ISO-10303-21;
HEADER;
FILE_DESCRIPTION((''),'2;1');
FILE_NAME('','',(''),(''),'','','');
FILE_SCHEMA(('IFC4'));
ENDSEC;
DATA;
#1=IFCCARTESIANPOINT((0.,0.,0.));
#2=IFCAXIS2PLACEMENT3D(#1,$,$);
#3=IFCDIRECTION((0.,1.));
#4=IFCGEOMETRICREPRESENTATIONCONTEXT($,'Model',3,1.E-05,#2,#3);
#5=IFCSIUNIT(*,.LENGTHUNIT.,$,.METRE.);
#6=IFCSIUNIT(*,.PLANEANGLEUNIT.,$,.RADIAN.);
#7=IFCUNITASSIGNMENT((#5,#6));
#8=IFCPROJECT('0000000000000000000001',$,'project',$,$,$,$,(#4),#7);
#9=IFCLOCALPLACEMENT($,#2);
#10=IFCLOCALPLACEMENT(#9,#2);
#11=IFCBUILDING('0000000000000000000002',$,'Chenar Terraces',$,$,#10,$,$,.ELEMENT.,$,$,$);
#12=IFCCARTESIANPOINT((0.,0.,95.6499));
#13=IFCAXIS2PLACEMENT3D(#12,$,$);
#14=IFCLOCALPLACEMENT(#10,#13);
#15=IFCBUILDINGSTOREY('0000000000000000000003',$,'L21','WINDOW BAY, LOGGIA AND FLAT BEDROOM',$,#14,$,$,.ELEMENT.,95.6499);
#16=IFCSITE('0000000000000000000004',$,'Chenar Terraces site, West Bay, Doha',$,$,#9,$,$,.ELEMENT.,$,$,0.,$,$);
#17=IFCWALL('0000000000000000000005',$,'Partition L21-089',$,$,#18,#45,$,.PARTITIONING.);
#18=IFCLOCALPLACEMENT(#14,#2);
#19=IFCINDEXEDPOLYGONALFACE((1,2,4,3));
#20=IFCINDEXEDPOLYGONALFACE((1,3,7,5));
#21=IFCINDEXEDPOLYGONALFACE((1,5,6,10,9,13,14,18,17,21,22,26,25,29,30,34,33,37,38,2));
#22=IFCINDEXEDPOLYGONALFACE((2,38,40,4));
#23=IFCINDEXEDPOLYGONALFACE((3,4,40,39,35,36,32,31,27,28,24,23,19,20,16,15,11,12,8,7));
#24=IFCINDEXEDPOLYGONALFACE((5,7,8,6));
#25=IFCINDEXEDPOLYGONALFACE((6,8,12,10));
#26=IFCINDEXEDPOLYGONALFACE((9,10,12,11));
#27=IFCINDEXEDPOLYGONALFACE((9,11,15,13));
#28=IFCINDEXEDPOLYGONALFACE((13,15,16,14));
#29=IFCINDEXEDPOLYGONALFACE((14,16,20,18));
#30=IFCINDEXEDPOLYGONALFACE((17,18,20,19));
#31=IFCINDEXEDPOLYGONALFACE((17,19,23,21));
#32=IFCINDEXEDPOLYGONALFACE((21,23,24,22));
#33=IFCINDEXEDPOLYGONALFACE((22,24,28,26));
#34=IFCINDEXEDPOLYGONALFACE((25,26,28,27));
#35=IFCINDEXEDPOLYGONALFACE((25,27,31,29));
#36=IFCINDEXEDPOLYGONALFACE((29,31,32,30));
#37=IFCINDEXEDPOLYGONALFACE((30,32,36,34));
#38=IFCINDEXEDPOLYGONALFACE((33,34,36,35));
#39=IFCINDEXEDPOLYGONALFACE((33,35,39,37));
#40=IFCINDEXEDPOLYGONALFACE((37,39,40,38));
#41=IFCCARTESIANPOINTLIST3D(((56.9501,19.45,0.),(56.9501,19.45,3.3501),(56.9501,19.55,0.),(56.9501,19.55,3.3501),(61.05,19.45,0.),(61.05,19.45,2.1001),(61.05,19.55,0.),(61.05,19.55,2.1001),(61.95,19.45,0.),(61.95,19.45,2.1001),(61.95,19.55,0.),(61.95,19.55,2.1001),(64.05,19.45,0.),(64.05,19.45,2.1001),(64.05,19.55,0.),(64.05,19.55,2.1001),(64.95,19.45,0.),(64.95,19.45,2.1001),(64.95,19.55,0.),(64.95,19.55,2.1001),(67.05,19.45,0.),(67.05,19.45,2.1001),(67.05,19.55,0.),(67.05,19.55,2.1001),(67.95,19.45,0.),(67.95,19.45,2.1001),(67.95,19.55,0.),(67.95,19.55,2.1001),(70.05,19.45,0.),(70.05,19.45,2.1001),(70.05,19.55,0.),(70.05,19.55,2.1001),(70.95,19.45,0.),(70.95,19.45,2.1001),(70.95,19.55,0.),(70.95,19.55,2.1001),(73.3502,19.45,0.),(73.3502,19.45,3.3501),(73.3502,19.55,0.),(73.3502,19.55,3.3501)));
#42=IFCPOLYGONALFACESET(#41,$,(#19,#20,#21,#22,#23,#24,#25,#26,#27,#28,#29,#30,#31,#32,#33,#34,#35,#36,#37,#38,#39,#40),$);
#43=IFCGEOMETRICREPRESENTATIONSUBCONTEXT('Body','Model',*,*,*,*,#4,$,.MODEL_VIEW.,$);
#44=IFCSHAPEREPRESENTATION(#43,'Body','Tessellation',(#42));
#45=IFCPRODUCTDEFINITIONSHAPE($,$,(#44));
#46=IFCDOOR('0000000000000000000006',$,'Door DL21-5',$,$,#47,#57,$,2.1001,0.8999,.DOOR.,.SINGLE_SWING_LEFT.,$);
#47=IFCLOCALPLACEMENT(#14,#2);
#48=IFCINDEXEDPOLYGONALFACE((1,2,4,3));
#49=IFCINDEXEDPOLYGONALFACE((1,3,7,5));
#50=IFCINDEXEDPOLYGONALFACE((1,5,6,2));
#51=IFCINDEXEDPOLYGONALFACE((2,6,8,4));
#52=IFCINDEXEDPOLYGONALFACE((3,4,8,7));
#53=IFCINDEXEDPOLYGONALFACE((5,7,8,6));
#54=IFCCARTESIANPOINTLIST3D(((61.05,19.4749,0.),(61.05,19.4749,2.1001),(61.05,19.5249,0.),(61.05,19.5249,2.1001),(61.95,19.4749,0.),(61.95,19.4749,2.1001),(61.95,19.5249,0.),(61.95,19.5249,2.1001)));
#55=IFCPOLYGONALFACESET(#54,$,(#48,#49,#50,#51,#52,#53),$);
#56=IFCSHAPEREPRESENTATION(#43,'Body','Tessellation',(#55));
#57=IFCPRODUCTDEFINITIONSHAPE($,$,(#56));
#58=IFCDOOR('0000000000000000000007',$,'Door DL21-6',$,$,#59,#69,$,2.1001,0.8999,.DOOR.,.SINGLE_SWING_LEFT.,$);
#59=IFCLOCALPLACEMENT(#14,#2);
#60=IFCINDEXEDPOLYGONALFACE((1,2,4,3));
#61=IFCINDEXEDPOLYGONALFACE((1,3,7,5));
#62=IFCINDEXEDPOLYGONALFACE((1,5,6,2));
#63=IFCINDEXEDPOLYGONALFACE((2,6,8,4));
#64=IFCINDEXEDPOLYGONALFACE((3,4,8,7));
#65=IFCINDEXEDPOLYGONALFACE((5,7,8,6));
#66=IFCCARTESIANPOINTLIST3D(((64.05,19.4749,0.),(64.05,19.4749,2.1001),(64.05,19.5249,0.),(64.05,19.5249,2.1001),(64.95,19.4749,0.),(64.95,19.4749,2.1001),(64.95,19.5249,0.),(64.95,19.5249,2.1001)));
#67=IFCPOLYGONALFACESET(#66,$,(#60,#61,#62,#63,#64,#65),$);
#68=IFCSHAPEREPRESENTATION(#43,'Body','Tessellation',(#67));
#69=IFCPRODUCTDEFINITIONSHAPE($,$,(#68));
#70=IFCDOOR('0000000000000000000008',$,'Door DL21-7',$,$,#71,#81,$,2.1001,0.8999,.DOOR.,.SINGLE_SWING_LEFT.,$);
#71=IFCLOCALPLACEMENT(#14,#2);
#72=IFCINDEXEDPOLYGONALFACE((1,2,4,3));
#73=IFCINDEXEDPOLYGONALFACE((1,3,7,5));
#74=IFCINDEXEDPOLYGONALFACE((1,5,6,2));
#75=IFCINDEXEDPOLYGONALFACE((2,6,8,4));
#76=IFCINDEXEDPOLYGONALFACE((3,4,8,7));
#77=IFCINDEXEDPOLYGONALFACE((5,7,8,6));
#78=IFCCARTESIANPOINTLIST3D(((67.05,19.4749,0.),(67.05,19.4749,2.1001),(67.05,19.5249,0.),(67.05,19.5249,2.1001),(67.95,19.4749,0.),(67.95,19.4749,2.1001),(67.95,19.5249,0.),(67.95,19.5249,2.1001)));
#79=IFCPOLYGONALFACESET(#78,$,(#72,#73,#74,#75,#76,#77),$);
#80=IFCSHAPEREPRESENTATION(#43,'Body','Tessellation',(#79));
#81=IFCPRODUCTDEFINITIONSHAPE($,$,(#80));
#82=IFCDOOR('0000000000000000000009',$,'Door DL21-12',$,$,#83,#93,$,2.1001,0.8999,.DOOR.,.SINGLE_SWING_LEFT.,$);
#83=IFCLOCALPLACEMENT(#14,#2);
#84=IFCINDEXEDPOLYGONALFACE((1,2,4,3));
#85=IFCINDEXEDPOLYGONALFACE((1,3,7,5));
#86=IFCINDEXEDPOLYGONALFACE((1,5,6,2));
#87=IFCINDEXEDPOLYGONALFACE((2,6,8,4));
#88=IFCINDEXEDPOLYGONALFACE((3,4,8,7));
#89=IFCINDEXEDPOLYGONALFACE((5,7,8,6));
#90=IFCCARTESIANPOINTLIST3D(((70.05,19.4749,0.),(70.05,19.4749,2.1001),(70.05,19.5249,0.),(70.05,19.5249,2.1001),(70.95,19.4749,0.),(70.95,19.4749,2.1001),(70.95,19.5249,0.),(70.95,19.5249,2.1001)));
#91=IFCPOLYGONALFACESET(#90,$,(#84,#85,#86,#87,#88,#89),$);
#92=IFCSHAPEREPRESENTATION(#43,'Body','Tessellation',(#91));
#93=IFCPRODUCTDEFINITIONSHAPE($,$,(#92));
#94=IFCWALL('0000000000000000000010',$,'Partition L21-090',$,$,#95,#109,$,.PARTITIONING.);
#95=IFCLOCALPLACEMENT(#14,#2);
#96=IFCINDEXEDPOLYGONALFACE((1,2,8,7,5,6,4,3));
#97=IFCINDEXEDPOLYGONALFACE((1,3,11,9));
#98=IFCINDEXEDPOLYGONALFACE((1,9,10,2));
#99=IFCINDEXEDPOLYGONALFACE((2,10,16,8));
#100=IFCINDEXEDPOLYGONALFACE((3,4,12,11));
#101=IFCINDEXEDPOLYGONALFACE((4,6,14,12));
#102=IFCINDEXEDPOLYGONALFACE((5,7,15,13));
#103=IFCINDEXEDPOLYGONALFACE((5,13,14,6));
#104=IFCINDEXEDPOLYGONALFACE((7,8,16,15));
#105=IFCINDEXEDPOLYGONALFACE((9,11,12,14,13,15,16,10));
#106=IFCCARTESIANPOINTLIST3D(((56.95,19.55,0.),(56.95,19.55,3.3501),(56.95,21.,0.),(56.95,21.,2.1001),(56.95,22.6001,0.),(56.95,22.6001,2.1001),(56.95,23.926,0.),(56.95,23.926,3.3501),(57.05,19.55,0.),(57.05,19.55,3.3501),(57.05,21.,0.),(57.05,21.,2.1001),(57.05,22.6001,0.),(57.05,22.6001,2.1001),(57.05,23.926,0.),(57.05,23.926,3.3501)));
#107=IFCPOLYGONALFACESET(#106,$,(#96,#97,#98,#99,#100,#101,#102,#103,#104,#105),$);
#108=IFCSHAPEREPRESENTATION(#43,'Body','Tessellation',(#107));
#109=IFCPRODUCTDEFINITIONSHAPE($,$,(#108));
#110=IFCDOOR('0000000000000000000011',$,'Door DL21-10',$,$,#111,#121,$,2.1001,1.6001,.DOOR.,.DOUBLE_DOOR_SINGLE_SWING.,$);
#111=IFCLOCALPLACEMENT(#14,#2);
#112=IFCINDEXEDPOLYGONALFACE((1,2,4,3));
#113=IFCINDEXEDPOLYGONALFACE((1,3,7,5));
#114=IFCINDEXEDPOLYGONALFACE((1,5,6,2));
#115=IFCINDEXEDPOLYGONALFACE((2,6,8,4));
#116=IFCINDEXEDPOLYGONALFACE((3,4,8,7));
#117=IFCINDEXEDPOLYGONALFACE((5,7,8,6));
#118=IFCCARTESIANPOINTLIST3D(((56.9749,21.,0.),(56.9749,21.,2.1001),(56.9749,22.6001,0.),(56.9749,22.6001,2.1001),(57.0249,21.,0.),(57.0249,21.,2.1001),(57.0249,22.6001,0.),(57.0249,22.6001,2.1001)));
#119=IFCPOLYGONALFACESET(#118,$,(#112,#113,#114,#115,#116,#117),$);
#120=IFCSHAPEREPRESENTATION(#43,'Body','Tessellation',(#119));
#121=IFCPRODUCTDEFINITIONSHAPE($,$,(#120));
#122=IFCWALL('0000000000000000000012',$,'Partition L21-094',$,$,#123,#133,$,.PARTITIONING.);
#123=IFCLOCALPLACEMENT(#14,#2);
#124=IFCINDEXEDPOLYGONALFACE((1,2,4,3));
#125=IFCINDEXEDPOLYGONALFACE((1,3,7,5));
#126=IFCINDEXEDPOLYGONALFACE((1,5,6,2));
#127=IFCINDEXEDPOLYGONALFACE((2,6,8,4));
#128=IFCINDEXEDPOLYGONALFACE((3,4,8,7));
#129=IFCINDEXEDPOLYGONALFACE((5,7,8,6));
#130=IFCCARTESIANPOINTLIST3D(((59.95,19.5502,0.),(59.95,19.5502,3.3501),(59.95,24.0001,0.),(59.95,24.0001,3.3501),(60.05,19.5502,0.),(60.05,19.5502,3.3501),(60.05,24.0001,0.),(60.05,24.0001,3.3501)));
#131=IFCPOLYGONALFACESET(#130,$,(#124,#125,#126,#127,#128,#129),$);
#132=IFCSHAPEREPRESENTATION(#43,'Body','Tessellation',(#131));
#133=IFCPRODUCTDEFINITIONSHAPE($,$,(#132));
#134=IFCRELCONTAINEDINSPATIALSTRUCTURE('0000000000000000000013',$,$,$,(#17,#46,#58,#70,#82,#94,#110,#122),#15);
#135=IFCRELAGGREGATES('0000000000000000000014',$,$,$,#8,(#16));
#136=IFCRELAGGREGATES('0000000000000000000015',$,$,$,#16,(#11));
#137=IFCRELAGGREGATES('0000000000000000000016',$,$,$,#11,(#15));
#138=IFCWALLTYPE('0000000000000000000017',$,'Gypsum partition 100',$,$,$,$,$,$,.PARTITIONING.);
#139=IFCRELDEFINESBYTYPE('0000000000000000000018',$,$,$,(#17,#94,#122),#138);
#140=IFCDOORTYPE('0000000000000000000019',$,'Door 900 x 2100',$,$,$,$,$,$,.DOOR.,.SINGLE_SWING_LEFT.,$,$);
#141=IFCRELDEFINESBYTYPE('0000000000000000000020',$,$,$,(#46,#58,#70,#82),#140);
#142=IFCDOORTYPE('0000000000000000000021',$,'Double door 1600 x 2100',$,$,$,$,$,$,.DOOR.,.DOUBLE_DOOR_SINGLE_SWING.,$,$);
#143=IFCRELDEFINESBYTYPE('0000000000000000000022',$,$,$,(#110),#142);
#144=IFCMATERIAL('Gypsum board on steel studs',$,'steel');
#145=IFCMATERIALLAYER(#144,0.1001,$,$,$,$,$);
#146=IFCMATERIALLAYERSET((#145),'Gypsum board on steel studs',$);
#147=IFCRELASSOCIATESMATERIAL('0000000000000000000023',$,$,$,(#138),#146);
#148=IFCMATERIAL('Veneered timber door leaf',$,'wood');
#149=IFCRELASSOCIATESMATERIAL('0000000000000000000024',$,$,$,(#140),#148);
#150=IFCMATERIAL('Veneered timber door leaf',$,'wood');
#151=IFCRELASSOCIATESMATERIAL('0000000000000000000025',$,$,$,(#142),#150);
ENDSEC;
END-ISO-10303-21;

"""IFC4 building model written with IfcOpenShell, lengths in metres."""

from ifc_helpers import new_model, si_unit, direction, frame, frame_2d, origin, place, context, subcontext, project, spatial, rectangle, extrude, material, layer, layer_set, type_object, element, fill, save


model = new_model("IFC4")

# Units and contexts
model_context = context("Model", 3, precision=1e-05, world=origin(), true_north=direction((0.0, 1.0)))
body_context = subcontext(model_context, "Body", "Model", "MODEL_VIEW")
ifc_project = project(units=[si_unit("LENGTHUNIT", "METRE"), si_unit("PLANEANGLEUNIT", "RADIAN")], contexts=[model_context])

# Site, building, storey
site_placement = place(None, origin())
site = spatial("IfcSite", under=ifc_project, at=site_placement, Name="Chenar Terraces site, West Bay, Doha", CompositionType="ELEMENT", RefElevation=0.0)
building_placement = place(site_placement, origin())
building = spatial("IfcBuilding", under=site, at=building_placement, Name="Chenar Terraces", CompositionType="ELEMENT")
storey_placement = place(building_placement, frame((0.0, 0.0, 95.6499)))
storey = spatial("IfcBuildingStorey", under=building, at=storey_placement, Name="L21", Description="WINDOW BAY, LOGGIA AND FLAT BEDROOM", CompositionType="ELEMENT", Elevation=95.6499)

# Shared definitions
ifc_material_1 = material(Name="Gypsum board on steel studs", Category="steel")
ifc_layer_1 = layer(ifc_material_1, 0.1001)
ifc_layer_set_1 = layer_set([ifc_layer_1], Name="Gypsum board on steel studs")
wall_type_1 = type_object("IfcWallType", Name="Gypsum partition 100", PredefinedType="PARTITIONING", material=ifc_layer_set_1)
ifc_material_2 = material(Name="Veneered timber door leaf", Category="wood")
door_type_1 = type_object("IfcDoorType", Name="Door 900 x 2100", OperationType="SINGLE_SWING_LEFT", PredefinedType="DOOR", material=ifc_material_2)

# Wall, openings, doors
wall_1_placement = place(storey_placement, frame((56.95, 19.5, 0.0), z_axis=(0.0, 0.0, 1.0), x_axis=(1.0, 0.0, 0.0)))
wall_1 = element("IfcWall", 1, at=wall_1_placement, inside=storey, type_object=wall_type_1, Name="Partition L21-089", PredefinedType="PARTITIONING", context=body_context, shape_type="SweptSolid", body=[
    extrude(rectangle(XDim=16.4001, YDim=0.1001, at=frame_2d((8.2002, 0.0))), origin(), (0.0, 0.0, 1.0), 3.3501),
])
opening_1_placement = place(wall_1_placement, frame((4.1001, 0.0, 0.0)))
opening_1 = element("IfcOpeningElement", 2, at=opening_1_placement, cuts=wall_1, PredefinedType="OPENING", context=body_context, shape_type="SweptSolid", body=[
    extrude(rectangle(XDim=0.8999, YDim=2.1001, at=frame_2d((0.45, 1.05))), frame((0.0, 0.0601, 0.0), z_axis=(0.0, -1.0, 0.0), x_axis=(1.0, 0.0, 0.0)), (0.0, 0.0, 1.0), 0.1201),
])
opening_2_placement = place(wall_1_placement, frame((7.1001, 0.0, 0.0)))
opening_2 = element("IfcOpeningElement", 3, at=opening_2_placement, cuts=wall_1, PredefinedType="OPENING", context=body_context, shape_type="SweptSolid", body=[
    extrude(rectangle(XDim=0.8999, YDim=2.1001, at=frame_2d((0.45, 1.05))), frame((0.0, 0.0601, 0.0), z_axis=(0.0, -1.0, 0.0), x_axis=(1.0, 0.0, 0.0)), (0.0, 0.0, 1.0), 0.1201),
])
opening_3_placement = place(wall_1_placement, frame((10.1001, 0.0, 0.0)))
opening_3 = element("IfcOpeningElement", 4, at=opening_3_placement, cuts=wall_1, PredefinedType="OPENING", context=body_context, shape_type="SweptSolid", body=[
    extrude(rectangle(XDim=0.8999, YDim=2.1001, at=frame_2d((0.45, 1.05))), frame((0.0, 0.0601, 0.0), z_axis=(0.0, -1.0, 0.0), x_axis=(1.0, 0.0, 0.0)), (0.0, 0.0, 1.0), 0.1201),
])
opening_4_placement = place(wall_1_placement, frame((13.1001, 0.0, 0.0)))
opening_4 = element("IfcOpeningElement", 5, at=opening_4_placement, cuts=wall_1, PredefinedType="OPENING", context=body_context, shape_type="SweptSolid", body=[
    extrude(rectangle(XDim=0.8999, YDim=2.1001, at=frame_2d((0.45, 1.05))), frame((0.0, 0.0601, 0.0), z_axis=(0.0, -1.0, 0.0), x_axis=(1.0, 0.0, 0.0)), (0.0, 0.0, 1.0), 0.1201),
])
door_1_placement = place(opening_1_placement, origin())
door_1 = element("IfcDoor", 6, at=door_1_placement, inside=storey, type_object=door_type_1, Name="Door DL21-5", OperationType="SINGLE_SWING_LEFT", OverallHeight=2.1001, OverallWidth=0.8999, PredefinedType="DOOR", context=body_context, shape_type="SweptSolid", body=[
    extrude(rectangle(XDim=0.8999, YDim=2.1001, at=frame_2d((0.45, 1.05))), frame((0.0, 0.0249, 0.0), z_axis=(0.0, -1.0, 0.0), x_axis=(1.0, 0.0, 0.0)), (0.0, 0.0, 1.0), 0.05),
])
fill(opening_1, door_1)
door_2_placement = place(opening_2_placement, origin())
door_2 = element("IfcDoor", 7, at=door_2_placement, inside=storey, type_object=door_type_1, Name="Door DL21-6", OperationType="SINGLE_SWING_LEFT", OverallHeight=2.1001, OverallWidth=0.8999, PredefinedType="DOOR", context=body_context, shape_type="SweptSolid", body=[
    extrude(rectangle(XDim=0.8999, YDim=2.1001, at=frame_2d((0.45, 1.05))), frame((0.0, 0.0249, 0.0), z_axis=(0.0, -1.0, 0.0), x_axis=(1.0, 0.0, 0.0)), (0.0, 0.0, 1.0), 0.05),
])
fill(opening_2, door_2)
door_3_placement = place(opening_3_placement, origin())
door_3 = element("IfcDoor", 8, at=door_3_placement, inside=storey, type_object=door_type_1, Name="Door DL21-7", OperationType="SINGLE_SWING_LEFT", OverallHeight=2.1001, OverallWidth=0.8999, PredefinedType="DOOR", context=body_context, shape_type="SweptSolid", body=[
    extrude(rectangle(XDim=0.8999, YDim=2.1001, at=frame_2d((0.45, 1.05))), frame((0.0, 0.0249, 0.0), z_axis=(0.0, -1.0, 0.0), x_axis=(1.0, 0.0, 0.0)), (0.0, 0.0, 1.0), 0.05),
])
fill(opening_3, door_3)
door_4_placement = place(opening_4_placement, origin())
door_4 = element("IfcDoor", 9, at=door_4_placement, inside=storey, type_object=door_type_1, Name="Door DL21-12", OperationType="SINGLE_SWING_LEFT", OverallHeight=2.1001, OverallWidth=0.8999, PredefinedType="DOOR", context=body_context, shape_type="SweptSolid", body=[
    extrude(rectangle(XDim=0.8999, YDim=2.1001, at=frame_2d((0.45, 1.05))), frame((0.0, 0.0249, 0.0), z_axis=(0.0, -1.0, 0.0), x_axis=(1.0, 0.0, 0.0)), (0.0, 0.0, 1.0), 0.05),
])
fill(opening_4, door_4)

# Wall, opening, door
wall_2_placement = place(storey_placement, frame((57.0, 19.55, 0.0), z_axis=(0.0, 0.0, 1.0), x_axis=(0.0, 1.0, 0.0)))
wall_2 = element("IfcWall", 10, at=wall_2_placement, inside=storey, type_object=wall_type_1, Name="Partition L21-090", PredefinedType="PARTITIONING", context=body_context, shape_type="SweptSolid", body=[
    extrude(rectangle(XDim=4.376, YDim=0.1001, at=frame_2d((2.188, 0.0))), origin(), (0.0, 0.0, 1.0), 3.3501),
])
opening_5_placement = place(wall_2_placement, frame((1.45, 0.0, 0.0)))
opening_5 = element("IfcOpeningElement", 11, at=opening_5_placement, cuts=wall_2, PredefinedType="OPENING", context=body_context, shape_type="SweptSolid", body=[
    extrude(rectangle(XDim=1.6001, YDim=2.1001, at=frame_2d((0.8, 1.05))), frame((0.0, 0.0601, 0.0), z_axis=(0.0, -1.0, 0.0), x_axis=(1.0, 0.0, 0.0)), (0.0, 0.0, 1.0), 0.1201),
])
ifc_material_3 = material(Name="Veneered timber door leaf", Category="wood")
door_type_2 = type_object("IfcDoorType", Name="Double door 1600 x 2100", OperationType="DOUBLE_DOOR_SINGLE_SWING", PredefinedType="DOOR", material=ifc_material_3)
door_5_placement = place(opening_5_placement, frame((1.6001, 0.0, 0.0), z_axis=(0.0, 0.0, 1.0), x_axis=(-1.0, 0.0, 0.0)))
door_5 = element("IfcDoor", 12, at=door_5_placement, inside=storey, type_object=door_type_2, Name="Door DL21-10", OperationType="DOUBLE_DOOR_SINGLE_SWING", OverallHeight=2.1001, OverallWidth=1.6001, PredefinedType="DOOR", context=body_context, shape_type="SweptSolid", body=[
    extrude(rectangle(XDim=1.6001, YDim=2.1001, at=frame_2d((0.8, 1.05))), frame((0.0, 0.0249, 0.0), z_axis=(0.0, -1.0, 0.0), x_axis=(1.0, 0.0, 0.0)), (0.0, 0.0, 1.0), 0.05),
])
fill(opening_5, door_5)

# Wall
wall_3_placement = place(storey_placement, frame((60.0, 19.55, 0.0), z_axis=(0.0, 0.0, 1.0), x_axis=(0.0, 1.0, 0.0)))
element("IfcWall", 13, at=wall_3_placement, inside=storey, type_object=wall_type_1, Name="Partition L21-094", PredefinedType="PARTITIONING", context=body_context, shape_type="SweptSolid", body=[
    extrude(rectangle(XDim=4.45, YDim=0.1001, at=frame_2d((2.2251, 0.0))), origin(), (0.0, 0.0, 1.0), 3.3501),
])

save(model, "model.ifc")
